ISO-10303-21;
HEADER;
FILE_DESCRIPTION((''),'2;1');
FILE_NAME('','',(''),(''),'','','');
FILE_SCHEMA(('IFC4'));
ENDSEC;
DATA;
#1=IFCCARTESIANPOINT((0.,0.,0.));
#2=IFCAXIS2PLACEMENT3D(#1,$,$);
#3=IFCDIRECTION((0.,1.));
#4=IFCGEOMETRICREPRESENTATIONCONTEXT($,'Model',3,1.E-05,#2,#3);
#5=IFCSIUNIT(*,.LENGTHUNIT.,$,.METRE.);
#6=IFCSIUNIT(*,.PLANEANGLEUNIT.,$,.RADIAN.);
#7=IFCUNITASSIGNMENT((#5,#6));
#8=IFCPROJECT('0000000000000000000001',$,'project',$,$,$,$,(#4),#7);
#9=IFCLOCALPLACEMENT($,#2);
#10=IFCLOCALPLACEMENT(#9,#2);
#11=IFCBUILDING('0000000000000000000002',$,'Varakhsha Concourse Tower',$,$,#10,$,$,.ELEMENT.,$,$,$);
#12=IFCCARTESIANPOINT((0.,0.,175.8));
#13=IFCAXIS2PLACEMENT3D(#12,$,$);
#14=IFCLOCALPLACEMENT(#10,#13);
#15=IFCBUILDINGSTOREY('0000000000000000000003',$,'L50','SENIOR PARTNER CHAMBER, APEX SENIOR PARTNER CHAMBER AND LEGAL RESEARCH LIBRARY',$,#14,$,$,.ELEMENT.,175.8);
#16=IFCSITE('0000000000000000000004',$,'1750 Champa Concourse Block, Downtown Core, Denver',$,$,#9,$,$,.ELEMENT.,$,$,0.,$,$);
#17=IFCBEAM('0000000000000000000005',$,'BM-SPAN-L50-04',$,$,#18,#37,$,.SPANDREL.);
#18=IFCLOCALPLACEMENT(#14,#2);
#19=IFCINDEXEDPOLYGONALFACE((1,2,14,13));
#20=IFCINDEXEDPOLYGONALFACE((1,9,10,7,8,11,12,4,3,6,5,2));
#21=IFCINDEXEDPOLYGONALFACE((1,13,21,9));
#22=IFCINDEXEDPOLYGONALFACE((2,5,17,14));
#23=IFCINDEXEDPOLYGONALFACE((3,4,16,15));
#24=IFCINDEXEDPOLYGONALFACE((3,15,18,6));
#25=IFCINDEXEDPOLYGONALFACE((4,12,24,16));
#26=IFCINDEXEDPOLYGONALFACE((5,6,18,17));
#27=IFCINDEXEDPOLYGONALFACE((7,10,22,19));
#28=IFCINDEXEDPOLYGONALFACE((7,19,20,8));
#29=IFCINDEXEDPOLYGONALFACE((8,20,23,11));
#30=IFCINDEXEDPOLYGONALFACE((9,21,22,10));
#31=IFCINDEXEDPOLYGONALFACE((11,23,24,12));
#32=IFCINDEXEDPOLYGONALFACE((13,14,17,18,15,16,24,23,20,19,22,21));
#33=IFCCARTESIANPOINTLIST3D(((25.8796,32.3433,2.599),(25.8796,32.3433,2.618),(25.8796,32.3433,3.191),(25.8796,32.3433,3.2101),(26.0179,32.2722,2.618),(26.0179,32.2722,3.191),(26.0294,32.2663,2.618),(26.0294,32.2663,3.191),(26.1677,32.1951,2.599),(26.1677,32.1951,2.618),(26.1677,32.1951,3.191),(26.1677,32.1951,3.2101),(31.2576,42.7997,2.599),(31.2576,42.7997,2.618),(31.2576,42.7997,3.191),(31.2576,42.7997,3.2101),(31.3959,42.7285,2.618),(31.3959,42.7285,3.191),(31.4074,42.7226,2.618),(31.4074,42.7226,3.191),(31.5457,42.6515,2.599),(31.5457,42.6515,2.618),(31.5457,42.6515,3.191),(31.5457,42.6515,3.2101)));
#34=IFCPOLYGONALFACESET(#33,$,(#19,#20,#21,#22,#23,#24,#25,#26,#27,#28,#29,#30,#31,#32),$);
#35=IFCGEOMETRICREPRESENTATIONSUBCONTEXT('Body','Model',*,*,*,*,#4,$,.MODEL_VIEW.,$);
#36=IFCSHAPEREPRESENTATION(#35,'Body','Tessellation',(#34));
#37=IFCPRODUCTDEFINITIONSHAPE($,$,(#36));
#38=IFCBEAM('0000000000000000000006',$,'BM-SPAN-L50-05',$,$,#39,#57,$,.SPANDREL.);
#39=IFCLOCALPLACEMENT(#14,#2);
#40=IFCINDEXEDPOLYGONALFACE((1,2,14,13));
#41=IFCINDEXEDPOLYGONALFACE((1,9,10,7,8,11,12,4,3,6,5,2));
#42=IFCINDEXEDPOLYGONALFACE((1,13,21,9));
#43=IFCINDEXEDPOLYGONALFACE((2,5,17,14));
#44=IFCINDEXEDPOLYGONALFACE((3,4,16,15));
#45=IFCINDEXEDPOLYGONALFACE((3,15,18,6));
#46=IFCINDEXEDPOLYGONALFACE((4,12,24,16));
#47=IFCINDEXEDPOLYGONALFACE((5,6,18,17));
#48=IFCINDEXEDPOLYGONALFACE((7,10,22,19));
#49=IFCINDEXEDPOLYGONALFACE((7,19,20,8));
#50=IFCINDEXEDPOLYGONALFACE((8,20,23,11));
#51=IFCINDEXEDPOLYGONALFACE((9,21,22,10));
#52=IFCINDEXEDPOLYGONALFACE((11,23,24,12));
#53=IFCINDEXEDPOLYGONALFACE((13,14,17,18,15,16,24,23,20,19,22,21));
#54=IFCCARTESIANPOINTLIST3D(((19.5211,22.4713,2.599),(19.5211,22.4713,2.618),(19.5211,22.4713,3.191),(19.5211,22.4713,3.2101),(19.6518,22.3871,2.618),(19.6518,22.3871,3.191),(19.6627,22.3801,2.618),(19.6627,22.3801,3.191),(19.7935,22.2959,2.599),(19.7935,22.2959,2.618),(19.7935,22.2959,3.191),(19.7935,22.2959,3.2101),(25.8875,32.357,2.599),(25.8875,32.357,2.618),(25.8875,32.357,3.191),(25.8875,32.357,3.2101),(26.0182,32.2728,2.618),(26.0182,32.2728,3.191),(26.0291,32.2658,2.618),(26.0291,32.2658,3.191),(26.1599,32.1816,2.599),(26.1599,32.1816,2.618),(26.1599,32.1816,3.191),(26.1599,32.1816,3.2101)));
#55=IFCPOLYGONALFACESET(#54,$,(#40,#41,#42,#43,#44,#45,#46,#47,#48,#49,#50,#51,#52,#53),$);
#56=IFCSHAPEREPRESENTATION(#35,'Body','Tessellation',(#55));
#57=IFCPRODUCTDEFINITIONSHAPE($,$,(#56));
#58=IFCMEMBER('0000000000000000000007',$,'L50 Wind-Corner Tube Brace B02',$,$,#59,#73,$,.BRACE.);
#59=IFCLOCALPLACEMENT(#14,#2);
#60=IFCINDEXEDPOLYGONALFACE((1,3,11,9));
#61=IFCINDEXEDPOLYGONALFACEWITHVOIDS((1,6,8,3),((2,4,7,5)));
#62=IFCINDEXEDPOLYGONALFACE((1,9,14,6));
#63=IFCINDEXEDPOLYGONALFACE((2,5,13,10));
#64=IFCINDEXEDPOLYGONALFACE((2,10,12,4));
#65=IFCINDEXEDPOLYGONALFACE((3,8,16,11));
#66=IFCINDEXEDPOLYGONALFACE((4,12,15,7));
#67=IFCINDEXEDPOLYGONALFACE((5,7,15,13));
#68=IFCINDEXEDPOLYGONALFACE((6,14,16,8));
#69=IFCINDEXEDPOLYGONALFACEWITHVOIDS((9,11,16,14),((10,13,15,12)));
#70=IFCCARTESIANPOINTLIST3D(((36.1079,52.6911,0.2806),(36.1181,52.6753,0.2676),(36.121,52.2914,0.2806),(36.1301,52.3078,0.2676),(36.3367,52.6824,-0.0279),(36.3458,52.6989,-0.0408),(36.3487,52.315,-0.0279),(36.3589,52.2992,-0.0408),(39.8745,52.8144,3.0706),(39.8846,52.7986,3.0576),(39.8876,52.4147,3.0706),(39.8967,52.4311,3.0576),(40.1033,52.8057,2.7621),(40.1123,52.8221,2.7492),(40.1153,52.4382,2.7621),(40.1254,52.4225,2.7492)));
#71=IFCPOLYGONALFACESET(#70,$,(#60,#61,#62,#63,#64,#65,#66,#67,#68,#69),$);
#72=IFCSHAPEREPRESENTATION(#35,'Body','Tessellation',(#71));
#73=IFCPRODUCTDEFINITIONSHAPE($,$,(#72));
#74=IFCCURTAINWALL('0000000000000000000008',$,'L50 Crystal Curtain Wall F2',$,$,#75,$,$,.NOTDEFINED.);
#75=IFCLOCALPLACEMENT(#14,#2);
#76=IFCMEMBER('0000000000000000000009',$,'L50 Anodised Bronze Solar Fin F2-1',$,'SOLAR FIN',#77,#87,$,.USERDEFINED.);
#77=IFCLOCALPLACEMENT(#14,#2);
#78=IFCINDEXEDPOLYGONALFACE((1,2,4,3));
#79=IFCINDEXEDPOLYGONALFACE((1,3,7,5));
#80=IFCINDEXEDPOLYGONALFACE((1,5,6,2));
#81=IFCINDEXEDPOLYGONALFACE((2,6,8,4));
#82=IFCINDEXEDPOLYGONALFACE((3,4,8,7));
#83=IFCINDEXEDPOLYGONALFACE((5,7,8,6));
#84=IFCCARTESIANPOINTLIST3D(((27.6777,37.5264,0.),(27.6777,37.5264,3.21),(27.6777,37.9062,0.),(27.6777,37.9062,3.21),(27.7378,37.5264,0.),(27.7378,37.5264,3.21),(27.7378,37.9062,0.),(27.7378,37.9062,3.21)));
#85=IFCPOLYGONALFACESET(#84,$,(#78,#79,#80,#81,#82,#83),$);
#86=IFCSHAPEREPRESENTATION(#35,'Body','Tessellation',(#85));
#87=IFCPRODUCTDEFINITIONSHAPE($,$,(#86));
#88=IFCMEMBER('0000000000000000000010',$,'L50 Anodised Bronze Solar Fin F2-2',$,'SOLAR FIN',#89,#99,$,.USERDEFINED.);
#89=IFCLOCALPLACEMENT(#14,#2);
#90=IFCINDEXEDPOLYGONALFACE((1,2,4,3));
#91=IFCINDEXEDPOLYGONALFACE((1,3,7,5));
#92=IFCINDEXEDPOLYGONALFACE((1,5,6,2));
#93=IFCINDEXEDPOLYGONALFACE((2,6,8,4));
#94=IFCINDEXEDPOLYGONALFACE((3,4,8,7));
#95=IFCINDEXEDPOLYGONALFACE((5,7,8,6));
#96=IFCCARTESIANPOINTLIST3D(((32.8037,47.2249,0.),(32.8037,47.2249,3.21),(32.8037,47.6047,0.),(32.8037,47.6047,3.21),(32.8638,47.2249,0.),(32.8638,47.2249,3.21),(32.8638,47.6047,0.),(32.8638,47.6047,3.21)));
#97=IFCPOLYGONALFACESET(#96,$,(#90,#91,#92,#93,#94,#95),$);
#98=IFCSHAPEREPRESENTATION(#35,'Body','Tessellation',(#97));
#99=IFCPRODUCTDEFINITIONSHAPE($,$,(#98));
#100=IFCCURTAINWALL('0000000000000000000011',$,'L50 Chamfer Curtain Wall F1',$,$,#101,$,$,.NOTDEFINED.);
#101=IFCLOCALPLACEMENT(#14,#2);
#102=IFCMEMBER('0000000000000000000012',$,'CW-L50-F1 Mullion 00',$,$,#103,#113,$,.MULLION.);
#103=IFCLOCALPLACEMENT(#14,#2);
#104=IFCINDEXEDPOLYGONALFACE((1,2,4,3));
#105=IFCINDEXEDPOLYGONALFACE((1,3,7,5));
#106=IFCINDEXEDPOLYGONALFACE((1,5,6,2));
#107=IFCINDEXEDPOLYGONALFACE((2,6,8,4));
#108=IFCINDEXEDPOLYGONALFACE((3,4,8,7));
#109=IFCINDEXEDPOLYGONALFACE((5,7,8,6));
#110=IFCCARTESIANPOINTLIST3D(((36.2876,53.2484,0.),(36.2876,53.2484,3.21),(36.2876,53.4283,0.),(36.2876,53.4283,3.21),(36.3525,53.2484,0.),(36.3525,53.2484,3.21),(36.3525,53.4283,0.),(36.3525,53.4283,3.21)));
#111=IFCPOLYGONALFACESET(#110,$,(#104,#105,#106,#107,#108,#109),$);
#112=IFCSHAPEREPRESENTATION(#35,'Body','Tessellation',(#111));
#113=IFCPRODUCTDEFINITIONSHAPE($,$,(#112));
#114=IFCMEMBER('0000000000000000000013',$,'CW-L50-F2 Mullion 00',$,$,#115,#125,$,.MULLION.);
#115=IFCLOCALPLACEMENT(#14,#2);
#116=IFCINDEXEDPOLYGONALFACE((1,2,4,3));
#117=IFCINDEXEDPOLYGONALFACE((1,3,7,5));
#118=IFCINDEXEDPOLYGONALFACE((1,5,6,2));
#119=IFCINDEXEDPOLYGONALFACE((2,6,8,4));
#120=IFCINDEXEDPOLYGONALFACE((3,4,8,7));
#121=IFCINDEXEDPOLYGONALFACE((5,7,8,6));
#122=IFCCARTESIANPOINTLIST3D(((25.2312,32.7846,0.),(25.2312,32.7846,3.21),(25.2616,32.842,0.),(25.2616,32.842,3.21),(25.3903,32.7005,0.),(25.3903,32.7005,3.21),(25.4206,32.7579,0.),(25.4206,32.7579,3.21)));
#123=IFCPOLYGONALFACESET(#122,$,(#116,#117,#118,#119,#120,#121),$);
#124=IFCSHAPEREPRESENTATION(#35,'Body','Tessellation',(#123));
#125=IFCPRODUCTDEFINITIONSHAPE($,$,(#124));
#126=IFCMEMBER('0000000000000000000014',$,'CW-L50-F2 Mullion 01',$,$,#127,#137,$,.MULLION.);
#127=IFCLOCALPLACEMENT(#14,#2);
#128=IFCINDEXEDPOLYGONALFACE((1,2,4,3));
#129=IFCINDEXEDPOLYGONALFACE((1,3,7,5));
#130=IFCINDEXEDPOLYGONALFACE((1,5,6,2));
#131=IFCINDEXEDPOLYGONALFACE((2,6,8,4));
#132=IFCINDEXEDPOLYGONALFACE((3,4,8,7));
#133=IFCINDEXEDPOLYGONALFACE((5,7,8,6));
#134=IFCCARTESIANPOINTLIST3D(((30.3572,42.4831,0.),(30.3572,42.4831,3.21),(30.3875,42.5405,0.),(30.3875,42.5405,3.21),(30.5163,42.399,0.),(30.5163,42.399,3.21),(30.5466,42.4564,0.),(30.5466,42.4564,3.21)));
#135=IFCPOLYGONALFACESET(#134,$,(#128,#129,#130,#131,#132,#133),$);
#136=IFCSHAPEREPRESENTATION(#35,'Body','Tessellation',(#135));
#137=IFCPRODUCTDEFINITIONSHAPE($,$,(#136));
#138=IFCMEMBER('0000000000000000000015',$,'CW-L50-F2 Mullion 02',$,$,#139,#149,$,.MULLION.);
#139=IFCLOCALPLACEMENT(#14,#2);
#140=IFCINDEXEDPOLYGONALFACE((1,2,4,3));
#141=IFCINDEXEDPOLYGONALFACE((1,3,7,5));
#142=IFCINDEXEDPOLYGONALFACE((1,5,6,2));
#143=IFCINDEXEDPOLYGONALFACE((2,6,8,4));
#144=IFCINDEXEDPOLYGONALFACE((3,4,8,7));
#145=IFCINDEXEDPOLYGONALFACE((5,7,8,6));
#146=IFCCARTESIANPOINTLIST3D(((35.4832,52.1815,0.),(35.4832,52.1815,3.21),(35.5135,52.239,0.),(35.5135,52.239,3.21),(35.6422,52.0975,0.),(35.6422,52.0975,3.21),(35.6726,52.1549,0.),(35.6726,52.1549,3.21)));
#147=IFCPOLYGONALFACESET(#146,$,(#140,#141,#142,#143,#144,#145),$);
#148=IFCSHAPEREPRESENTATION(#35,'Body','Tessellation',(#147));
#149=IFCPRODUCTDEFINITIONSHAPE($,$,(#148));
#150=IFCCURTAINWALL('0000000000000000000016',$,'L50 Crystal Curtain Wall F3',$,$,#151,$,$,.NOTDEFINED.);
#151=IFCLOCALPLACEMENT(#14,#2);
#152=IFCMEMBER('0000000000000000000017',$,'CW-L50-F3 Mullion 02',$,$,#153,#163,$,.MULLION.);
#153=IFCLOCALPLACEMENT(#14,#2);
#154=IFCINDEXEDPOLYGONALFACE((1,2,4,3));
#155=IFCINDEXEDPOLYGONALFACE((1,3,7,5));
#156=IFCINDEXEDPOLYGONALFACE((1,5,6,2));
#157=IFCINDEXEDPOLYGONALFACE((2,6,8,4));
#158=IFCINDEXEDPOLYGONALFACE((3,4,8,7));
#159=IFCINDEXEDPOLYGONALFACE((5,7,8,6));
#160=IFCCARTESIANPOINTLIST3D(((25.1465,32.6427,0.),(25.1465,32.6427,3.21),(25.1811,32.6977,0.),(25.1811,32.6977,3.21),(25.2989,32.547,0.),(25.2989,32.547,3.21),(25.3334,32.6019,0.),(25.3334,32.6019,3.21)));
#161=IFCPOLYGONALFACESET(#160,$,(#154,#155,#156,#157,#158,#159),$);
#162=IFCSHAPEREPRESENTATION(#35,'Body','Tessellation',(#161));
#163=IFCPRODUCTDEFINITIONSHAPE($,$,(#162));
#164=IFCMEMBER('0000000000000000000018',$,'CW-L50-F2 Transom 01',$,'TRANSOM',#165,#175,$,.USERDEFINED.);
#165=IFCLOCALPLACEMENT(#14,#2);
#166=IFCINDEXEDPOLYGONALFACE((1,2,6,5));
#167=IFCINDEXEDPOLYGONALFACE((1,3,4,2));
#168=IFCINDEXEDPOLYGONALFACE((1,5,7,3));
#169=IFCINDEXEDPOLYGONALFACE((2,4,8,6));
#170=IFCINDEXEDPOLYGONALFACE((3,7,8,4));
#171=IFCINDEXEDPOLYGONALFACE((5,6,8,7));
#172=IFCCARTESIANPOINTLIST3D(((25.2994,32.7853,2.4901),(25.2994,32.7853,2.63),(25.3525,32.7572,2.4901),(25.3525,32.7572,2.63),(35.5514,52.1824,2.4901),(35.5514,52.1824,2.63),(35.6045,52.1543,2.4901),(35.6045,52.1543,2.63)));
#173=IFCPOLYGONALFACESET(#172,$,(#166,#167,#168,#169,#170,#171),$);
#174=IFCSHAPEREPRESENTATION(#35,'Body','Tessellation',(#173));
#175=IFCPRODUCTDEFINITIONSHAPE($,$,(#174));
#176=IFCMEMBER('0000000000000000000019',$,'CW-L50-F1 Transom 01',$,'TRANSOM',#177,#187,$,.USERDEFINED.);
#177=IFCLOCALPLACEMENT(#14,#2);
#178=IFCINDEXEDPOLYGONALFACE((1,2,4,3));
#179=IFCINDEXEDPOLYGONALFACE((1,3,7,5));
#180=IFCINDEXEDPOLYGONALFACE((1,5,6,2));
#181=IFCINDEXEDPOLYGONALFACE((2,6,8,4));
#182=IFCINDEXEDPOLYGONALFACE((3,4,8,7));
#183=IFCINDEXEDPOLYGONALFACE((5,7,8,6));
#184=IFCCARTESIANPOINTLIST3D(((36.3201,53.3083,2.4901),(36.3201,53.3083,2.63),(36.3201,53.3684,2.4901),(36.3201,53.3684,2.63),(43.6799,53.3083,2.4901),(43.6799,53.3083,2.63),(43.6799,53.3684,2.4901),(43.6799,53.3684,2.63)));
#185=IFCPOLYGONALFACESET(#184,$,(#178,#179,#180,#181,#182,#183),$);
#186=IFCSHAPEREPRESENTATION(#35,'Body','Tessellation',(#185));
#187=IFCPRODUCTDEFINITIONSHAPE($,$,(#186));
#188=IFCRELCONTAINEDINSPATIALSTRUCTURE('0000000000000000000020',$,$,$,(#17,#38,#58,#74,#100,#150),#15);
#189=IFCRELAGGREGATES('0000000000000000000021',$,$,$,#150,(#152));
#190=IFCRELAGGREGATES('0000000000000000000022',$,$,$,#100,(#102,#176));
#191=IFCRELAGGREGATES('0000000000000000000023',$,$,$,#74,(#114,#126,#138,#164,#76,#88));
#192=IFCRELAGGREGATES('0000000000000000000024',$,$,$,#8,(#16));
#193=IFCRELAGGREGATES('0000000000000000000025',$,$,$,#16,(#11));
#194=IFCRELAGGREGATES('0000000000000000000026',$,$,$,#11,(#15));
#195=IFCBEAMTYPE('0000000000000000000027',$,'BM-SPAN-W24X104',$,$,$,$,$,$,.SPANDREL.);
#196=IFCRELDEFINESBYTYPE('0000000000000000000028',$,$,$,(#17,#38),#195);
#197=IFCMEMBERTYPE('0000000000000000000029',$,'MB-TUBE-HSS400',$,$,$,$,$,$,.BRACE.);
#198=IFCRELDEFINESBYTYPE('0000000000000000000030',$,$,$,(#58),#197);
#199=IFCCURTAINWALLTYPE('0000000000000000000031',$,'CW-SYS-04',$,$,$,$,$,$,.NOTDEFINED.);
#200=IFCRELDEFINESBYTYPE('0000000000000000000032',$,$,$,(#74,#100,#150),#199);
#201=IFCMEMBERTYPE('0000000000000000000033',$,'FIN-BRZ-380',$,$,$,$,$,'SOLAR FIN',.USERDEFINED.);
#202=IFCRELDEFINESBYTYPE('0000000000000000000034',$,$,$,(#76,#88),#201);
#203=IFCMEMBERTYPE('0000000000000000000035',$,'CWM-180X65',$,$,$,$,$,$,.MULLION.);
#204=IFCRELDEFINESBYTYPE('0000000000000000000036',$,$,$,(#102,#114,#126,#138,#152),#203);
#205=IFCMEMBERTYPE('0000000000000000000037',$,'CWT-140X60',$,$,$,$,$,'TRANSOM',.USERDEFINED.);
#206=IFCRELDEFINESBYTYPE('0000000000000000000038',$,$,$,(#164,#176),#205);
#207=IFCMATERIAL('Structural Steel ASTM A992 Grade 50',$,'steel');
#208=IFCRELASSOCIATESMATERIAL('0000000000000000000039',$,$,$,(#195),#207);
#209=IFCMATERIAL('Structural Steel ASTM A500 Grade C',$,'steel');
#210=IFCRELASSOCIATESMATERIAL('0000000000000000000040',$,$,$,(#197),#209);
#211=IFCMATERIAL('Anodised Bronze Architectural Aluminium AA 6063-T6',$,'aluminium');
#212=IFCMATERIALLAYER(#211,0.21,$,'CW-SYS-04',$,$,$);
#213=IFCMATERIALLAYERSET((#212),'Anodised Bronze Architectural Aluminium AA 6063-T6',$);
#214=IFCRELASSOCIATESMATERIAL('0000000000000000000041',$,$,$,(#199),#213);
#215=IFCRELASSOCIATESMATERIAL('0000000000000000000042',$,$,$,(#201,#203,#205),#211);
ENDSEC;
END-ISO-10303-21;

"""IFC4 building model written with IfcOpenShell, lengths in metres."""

from ifc_helpers import new_model, si_unit, direction, frame, origin, origin_2d, place, context, subcontext, project, spatial, rectangle, hollow_rectangle, i_section, extrude, source, transform, mapped, material, layer, layer_set, material_profile, profile_set, type_object, type_shapes, element, aggregate, save


model = new_model("IFC4")

# Units and contexts
model_context = context("Model", 3, precision=1e-05, world=origin(), true_north=direction((0.0, 1.0)))
body_context = subcontext(model_context, "Body", "Model", "MODEL_VIEW")
ifc_project = project(units=[si_unit("LENGTHUNIT", "METRE"), si_unit("PLANEANGLEUNIT", "RADIAN")], contexts=[model_context])

# Site, building, storey
site_placement = place(None, origin())
site = spatial("IfcSite", under=ifc_project, at=site_placement, Name="1750 Champa Concourse Block, Downtown Core, Denver", CompositionType="ELEMENT", RefElevation=0.0)
building_placement = place(site_placement, origin())
building = spatial("IfcBuilding", under=site, at=building_placement, Name="Varakhsha Concourse Tower", CompositionType="ELEMENT")
storey_placement = place(building_placement, frame((0.0, 0.0, 175.8)))
storey = spatial("IfcBuildingStorey", under=building, at=storey_placement, Name="L50", Description="SENIOR PARTNER CHAMBER, APEX SENIOR PARTNER CHAMBER AND LEGAL RESEARCH LIBRARY", CompositionType="ELEMENT", Elevation=175.8)

# Shared definitions
ifc_material_1 = material(Name="Structural Steel ASTM A992 Grade 50", Category="steel")

# Beams
ifc_material_profile_1 = material_profile(ifc_material_1, i_section(OverallWidth=0.324, OverallDepth=0.6111, WebThickness=0.0129, FlangeThickness=0.019, at=origin_2d()), Name="W24X104")
ifc_profile_set_1 = profile_set([ifc_material_profile_1], Name="Structural Steel ASTM A992 Grade 50")
beam_type_1 = type_object("IfcBeamType", Name="BM-SPAN-W24X104", PredefinedType="SPANDREL", material=ifc_profile_set_1)
for number, where, z_axis, x_axis, name in (
    (1, (31.4016, 42.7256, 2.9045), (-0.457375, -0.889274, 0.0), (0.889274, -0.457375, 0.0), "BM-SPAN-L50-04"),
    (2, (26.0237, 32.2693, 2.9045), (-0.54144, -0.84074, 0.0), (0.84074, -0.54144, 0.0), "BM-SPAN-L50-05"),
):
    element("IfcBeam", number, at=place(storey_placement, frame(where, z_axis=z_axis, x_axis=x_axis)), inside=storey, type_object=beam_type_1, Name=name, PredefinedType="SPANDREL", context=body_context, shape_type="SweptSolid", body=[
        extrude(i_section(OverallWidth=0.324, OverallDepth=0.6111, WebThickness=0.0129, FlangeThickness=0.019, at=origin_2d()), origin(), (0.0, 0.0, 1.0), 11.7583),
    ])

# Member
ifc_material_2 = material(Name="Structural Steel ASTM A500 Grade C", Category="steel")
ifc_material_profile_2 = material_profile(ifc_material_2, hollow_rectangle(XDim=0.3999, YDim=0.3999, WallThickness=0.0161, at=origin_2d()), Name="HSS 400x400x16")
ifc_profile_set_2 = profile_set([ifc_material_profile_2], Name="Structural Steel ASTM A500 Grade C")
member_type_1 = type_object("IfcMemberType", Name="MB-TUBE-HSS400", PredefinedType="BRACE", material=ifc_profile_set_2)
shared_shape_1 = source(origin(), body_context, "Body", "SweptSolid", [
    extrude(hollow_rectangle(XDim=0.3999, YDim=0.3999, WallThickness=0.0161, at=origin_2d()), origin(), (0.0, 0.0, 1.0), 4.689),
])
type_shapes(member_type_1, [shared_shape_1])
member_1_placement = place(storey_placement, frame((36.2334, 52.4951, 0.1199), z_axis=(0.803283, 0.026294, 0.595017), x_axis=(-0.032715, 0.999465, 0.0)))
element("IfcMember", 3, at=member_1_placement, inside=storey, type_object=member_type_1, Name="L50 Wind-Corner Tube Brace B02", PredefinedType="BRACE", context=body_context, shape_type="MappedRepresentation", body=[
    mapped(shared_shape_1, transform((0.0, 0.0, 0.0), scale=1.0)),
])

# Curtain wall, members
ifc_material_3 = material(Name="Anodised Bronze Architectural Aluminium AA 6063-T6", Category="aluminium")
ifc_layer_1 = layer(ifc_material_3, 0.21, Name="CW-SYS-04")
ifc_layer_set_1 = layer_set([ifc_layer_1], Name="Anodised Bronze Architectural Aluminium AA 6063-T6")
curtain_wall_type = type_object("IfcCurtainWallType", Name="CW-SYS-04", PredefinedType="NOTDEFINED", material=ifc_layer_set_1)
curtain_wall_1_placement = place(storey_placement, origin())
curtain_wall_1 = element("IfcCurtainWall", 4, at=curtain_wall_1_placement, inside=storey, type_object=curtain_wall_type, Name="L50 Crystal Curtain Wall F2", PredefinedType="NOTDEFINED")
ifc_material_profile_3 = material_profile(ifc_material_3, rectangle(XDim=0.0601, YDim=0.3799, at=origin_2d()), Name="FIN-BRZ-380")
ifc_profile_set_3 = profile_set([ifc_material_profile_3], Name="Anodised Bronze Architectural Aluminium AA 6063-T6")
member_type_2 = type_object("IfcMemberType", Name="FIN-BRZ-380", ElementType="SOLAR FIN", PredefinedType="USERDEFINED", material=ifc_profile_set_3)
shared_shape_2 = source(origin(), body_context, "Body", "SweptSolid", [
    extrude(rectangle(XDim=0.0601, YDim=0.3799, at=origin_2d()), origin(), (0.0, 0.0, 1.0), 3.21),
])
type_shapes(member_type_2, [shared_shape_2])
member_2_placement = place(storey_placement, frame((27.7078, 37.7163, 0.0), z_axis=(0.0, 0.0, 1.0), x_axis=(1.0, 0.0, 0.0)))
member_2 = element("IfcMember", 5, at=member_2_placement, type_object=member_type_2, Name="L50 Anodised Bronze Solar Fin F2-1", ObjectType="SOLAR FIN", PredefinedType="USERDEFINED", context=body_context, shape_type="MappedRepresentation", body=[
    mapped(shared_shape_2, transform((0.0, 0.0, 0.0), scale=1.0)),
])
member_3_placement = place(storey_placement, frame((32.8337, 47.4148, 0.0), z_axis=(0.0, 0.0, 1.0), x_axis=(1.0, 0.0, 0.0)))
member_3 = element("IfcMember", 6, at=member_3_placement, type_object=member_type_2, Name="L50 Anodised Bronze Solar Fin F2-2", ObjectType="SOLAR FIN", PredefinedType="USERDEFINED", context=body_context, shape_type="MappedRepresentation", body=[
    mapped(shared_shape_2, transform((0.0, 0.0, 0.0), scale=1.0)),
])

# Curtain wall, member
curtain_wall_2_placement = place(storey_placement, origin())
curtain_wall_2 = element("IfcCurtainWall", 7, at=curtain_wall_2_placement, inside=storey, type_object=curtain_wall_type, Name="L50 Chamfer Curtain Wall F1", PredefinedType="NOTDEFINED")
ifc_material_profile_4 = material_profile(ifc_material_3, rectangle(XDim=0.0649, YDim=0.1799, at=origin_2d()), Name="CWM-180X65")
ifc_profile_set_4 = profile_set([ifc_material_profile_4], Name="Anodised Bronze Architectural Aluminium AA 6063-T6")
member_type_3 = type_object("IfcMemberType", Name="CWM-180X65", PredefinedType="MULLION", material=ifc_profile_set_4)
shared_shape_3 = source(origin(), body_context, "Body", "SweptSolid", [
    extrude(rectangle(XDim=0.0649, YDim=0.1799, at=origin_2d()), origin(), (0.0, 0.0, 1.0), 3.21),
])
type_shapes(member_type_3, [shared_shape_3])
member_4_placement = place(storey_placement, frame((36.3201, 53.3384, 0.0), z_axis=(0.0, 0.0, 1.0), x_axis=(1.0, 0.0, 0.0)))
member_4 = element("IfcMember", 8, at=member_4_placement, type_object=member_type_3, Name="CW-L50-F1 Mullion 00", PredefinedType="MULLION", context=body_context, shape_type="MappedRepresentation", body=[
    mapped(shared_shape_3, transform((0.0, 0.0, 0.0), scale=1.0)),
])

# Members
member_5_placement = place(storey_placement, frame((25.3259, 32.7712, 0.0), z_axis=(0.0, 0.0, 1.0), x_axis=(0.467286, 0.884106, 0.0)))
member_5 = element("IfcMember", 9, at=member_5_placement, type_object=member_type_3, Name="CW-L50-F2 Mullion 00", PredefinedType="MULLION", context=body_context, shape_type="MappedRepresentation", body=[
    mapped(shared_shape_3, transform((0.0, 0.0, 0.0), scale=1.0)),
])
member_6_placement = place(storey_placement, frame((30.4519, 42.4697, 0.0), z_axis=(0.0, 0.0, 1.0), x_axis=(0.467286, 0.884106, 0.0)))
member_6 = element("IfcMember", 10, at=member_6_placement, type_object=member_type_3, Name="CW-L50-F2 Mullion 01", PredefinedType="MULLION", context=body_context, shape_type="MappedRepresentation", body=[
    mapped(shared_shape_3, transform((0.0, 0.0, 0.0), scale=1.0)),
])
member_7_placement = place(storey_placement, frame((35.5779, 52.1682, 0.0), z_axis=(0.0, 0.0, 1.0), x_axis=(0.467286, 0.884106, 0.0)))
member_7 = element("IfcMember", 11, at=member_7_placement, type_object=member_type_3, Name="CW-L50-F2 Mullion 02", PredefinedType="MULLION", context=body_context, shape_type="MappedRepresentation", body=[
    mapped(shared_shape_3, transform((0.0, 0.0, 0.0), scale=1.0)),
])

# Curtain wall, member
curtain_wall_3_placement = place(storey_placement, origin())
curtain_wall_3 = element("IfcCurtainWall", 12, at=curtain_wall_3_placement, inside=storey, type_object=curtain_wall_type, Name="L50 Crystal Curtain Wall F3", PredefinedType="NOTDEFINED")
member_8_placement = place(storey_placement, frame((25.24, 32.6223, 0.0), z_axis=(0.0, 0.0, 1.0), x_axis=(0.532022, 0.84673, 0.0)))
member_8 = element("IfcMember", 13, at=member_8_placement, type_object=member_type_3, Name="CW-L50-F3 Mullion 02", PredefinedType="MULLION", context=body_context, shape_type="MappedRepresentation", body=[
    mapped(shared_shape_3, transform((0.0, 0.0, 0.0), scale=1.0)),
])
aggregate(curtain_wall_3, [member_8])

# Members
ifc_material_profile_5 = material_profile(ifc_material_3, rectangle(XDim=0.0601, YDim=0.1399, at=origin_2d()), Name="CWT-140X60")
ifc_profile_set_5 = profile_set([ifc_material_profile_5], Name="Anodised Bronze Architectural Aluminium AA 6063-T6")
member_type_4 = type_object("IfcMemberType", Name="CWT-140X60", ElementType="TRANSOM", PredefinedType="USERDEFINED", material=ifc_profile_set_5)
shared_shape_4 = source(origin(), body_context, "Body", "SweptSolid", [
    extrude(rectangle(XDim=0.0601, YDim=0.1399, at=origin_2d()), origin(), (0.0, 0.0, 1.0), 21.9397),
])
member_9_placement = place(storey_placement, frame((25.3259, 32.7712, 2.5601), z_axis=(0.467281, 0.884109, 0.0), x_axis=(-0.884109, 0.467281, 0.0)))
member_9 = element("IfcMember", 14, at=member_9_placement, type_object=member_type_4, Name="CW-L50-F2 Transom 01", ObjectType="TRANSOM", PredefinedType="USERDEFINED", context=body_context, shape_type="MappedRepresentation", body=[
    mapped(shared_shape_4, transform((0.0, 0.0, 0.0), scale=1.0)),
])
shared_shape_5 = source(origin(), body_context, "Body", "SweptSolid", [
    extrude(rectangle(XDim=0.0601, YDim=0.1399, at=origin_2d()), origin(), (0.0, 0.0, 1.0), 7.3599),
])
type_shapes(member_type_4, [shared_shape_4, shared_shape_5])
member_10_placement = place(storey_placement, frame((36.3201, 53.3384, 2.5601), z_axis=(1.0, 0.0, 0.0), x_axis=(0.0, 1.0, 0.0)))
member_10 = element("IfcMember", 15, at=member_10_placement, type_object=member_type_4, Name="CW-L50-F1 Transom 01", ObjectType="TRANSOM", PredefinedType="USERDEFINED", context=body_context, shape_type="MappedRepresentation", body=[
    mapped(shared_shape_5, transform((0.0, 0.0, 0.0), scale=1.0)),
])
aggregate(curtain_wall_2, [member_4, member_10])

aggregate(curtain_wall_1, [member_5, member_6, member_7, member_9, member_2, member_3])

save(model, "model.ifc")
